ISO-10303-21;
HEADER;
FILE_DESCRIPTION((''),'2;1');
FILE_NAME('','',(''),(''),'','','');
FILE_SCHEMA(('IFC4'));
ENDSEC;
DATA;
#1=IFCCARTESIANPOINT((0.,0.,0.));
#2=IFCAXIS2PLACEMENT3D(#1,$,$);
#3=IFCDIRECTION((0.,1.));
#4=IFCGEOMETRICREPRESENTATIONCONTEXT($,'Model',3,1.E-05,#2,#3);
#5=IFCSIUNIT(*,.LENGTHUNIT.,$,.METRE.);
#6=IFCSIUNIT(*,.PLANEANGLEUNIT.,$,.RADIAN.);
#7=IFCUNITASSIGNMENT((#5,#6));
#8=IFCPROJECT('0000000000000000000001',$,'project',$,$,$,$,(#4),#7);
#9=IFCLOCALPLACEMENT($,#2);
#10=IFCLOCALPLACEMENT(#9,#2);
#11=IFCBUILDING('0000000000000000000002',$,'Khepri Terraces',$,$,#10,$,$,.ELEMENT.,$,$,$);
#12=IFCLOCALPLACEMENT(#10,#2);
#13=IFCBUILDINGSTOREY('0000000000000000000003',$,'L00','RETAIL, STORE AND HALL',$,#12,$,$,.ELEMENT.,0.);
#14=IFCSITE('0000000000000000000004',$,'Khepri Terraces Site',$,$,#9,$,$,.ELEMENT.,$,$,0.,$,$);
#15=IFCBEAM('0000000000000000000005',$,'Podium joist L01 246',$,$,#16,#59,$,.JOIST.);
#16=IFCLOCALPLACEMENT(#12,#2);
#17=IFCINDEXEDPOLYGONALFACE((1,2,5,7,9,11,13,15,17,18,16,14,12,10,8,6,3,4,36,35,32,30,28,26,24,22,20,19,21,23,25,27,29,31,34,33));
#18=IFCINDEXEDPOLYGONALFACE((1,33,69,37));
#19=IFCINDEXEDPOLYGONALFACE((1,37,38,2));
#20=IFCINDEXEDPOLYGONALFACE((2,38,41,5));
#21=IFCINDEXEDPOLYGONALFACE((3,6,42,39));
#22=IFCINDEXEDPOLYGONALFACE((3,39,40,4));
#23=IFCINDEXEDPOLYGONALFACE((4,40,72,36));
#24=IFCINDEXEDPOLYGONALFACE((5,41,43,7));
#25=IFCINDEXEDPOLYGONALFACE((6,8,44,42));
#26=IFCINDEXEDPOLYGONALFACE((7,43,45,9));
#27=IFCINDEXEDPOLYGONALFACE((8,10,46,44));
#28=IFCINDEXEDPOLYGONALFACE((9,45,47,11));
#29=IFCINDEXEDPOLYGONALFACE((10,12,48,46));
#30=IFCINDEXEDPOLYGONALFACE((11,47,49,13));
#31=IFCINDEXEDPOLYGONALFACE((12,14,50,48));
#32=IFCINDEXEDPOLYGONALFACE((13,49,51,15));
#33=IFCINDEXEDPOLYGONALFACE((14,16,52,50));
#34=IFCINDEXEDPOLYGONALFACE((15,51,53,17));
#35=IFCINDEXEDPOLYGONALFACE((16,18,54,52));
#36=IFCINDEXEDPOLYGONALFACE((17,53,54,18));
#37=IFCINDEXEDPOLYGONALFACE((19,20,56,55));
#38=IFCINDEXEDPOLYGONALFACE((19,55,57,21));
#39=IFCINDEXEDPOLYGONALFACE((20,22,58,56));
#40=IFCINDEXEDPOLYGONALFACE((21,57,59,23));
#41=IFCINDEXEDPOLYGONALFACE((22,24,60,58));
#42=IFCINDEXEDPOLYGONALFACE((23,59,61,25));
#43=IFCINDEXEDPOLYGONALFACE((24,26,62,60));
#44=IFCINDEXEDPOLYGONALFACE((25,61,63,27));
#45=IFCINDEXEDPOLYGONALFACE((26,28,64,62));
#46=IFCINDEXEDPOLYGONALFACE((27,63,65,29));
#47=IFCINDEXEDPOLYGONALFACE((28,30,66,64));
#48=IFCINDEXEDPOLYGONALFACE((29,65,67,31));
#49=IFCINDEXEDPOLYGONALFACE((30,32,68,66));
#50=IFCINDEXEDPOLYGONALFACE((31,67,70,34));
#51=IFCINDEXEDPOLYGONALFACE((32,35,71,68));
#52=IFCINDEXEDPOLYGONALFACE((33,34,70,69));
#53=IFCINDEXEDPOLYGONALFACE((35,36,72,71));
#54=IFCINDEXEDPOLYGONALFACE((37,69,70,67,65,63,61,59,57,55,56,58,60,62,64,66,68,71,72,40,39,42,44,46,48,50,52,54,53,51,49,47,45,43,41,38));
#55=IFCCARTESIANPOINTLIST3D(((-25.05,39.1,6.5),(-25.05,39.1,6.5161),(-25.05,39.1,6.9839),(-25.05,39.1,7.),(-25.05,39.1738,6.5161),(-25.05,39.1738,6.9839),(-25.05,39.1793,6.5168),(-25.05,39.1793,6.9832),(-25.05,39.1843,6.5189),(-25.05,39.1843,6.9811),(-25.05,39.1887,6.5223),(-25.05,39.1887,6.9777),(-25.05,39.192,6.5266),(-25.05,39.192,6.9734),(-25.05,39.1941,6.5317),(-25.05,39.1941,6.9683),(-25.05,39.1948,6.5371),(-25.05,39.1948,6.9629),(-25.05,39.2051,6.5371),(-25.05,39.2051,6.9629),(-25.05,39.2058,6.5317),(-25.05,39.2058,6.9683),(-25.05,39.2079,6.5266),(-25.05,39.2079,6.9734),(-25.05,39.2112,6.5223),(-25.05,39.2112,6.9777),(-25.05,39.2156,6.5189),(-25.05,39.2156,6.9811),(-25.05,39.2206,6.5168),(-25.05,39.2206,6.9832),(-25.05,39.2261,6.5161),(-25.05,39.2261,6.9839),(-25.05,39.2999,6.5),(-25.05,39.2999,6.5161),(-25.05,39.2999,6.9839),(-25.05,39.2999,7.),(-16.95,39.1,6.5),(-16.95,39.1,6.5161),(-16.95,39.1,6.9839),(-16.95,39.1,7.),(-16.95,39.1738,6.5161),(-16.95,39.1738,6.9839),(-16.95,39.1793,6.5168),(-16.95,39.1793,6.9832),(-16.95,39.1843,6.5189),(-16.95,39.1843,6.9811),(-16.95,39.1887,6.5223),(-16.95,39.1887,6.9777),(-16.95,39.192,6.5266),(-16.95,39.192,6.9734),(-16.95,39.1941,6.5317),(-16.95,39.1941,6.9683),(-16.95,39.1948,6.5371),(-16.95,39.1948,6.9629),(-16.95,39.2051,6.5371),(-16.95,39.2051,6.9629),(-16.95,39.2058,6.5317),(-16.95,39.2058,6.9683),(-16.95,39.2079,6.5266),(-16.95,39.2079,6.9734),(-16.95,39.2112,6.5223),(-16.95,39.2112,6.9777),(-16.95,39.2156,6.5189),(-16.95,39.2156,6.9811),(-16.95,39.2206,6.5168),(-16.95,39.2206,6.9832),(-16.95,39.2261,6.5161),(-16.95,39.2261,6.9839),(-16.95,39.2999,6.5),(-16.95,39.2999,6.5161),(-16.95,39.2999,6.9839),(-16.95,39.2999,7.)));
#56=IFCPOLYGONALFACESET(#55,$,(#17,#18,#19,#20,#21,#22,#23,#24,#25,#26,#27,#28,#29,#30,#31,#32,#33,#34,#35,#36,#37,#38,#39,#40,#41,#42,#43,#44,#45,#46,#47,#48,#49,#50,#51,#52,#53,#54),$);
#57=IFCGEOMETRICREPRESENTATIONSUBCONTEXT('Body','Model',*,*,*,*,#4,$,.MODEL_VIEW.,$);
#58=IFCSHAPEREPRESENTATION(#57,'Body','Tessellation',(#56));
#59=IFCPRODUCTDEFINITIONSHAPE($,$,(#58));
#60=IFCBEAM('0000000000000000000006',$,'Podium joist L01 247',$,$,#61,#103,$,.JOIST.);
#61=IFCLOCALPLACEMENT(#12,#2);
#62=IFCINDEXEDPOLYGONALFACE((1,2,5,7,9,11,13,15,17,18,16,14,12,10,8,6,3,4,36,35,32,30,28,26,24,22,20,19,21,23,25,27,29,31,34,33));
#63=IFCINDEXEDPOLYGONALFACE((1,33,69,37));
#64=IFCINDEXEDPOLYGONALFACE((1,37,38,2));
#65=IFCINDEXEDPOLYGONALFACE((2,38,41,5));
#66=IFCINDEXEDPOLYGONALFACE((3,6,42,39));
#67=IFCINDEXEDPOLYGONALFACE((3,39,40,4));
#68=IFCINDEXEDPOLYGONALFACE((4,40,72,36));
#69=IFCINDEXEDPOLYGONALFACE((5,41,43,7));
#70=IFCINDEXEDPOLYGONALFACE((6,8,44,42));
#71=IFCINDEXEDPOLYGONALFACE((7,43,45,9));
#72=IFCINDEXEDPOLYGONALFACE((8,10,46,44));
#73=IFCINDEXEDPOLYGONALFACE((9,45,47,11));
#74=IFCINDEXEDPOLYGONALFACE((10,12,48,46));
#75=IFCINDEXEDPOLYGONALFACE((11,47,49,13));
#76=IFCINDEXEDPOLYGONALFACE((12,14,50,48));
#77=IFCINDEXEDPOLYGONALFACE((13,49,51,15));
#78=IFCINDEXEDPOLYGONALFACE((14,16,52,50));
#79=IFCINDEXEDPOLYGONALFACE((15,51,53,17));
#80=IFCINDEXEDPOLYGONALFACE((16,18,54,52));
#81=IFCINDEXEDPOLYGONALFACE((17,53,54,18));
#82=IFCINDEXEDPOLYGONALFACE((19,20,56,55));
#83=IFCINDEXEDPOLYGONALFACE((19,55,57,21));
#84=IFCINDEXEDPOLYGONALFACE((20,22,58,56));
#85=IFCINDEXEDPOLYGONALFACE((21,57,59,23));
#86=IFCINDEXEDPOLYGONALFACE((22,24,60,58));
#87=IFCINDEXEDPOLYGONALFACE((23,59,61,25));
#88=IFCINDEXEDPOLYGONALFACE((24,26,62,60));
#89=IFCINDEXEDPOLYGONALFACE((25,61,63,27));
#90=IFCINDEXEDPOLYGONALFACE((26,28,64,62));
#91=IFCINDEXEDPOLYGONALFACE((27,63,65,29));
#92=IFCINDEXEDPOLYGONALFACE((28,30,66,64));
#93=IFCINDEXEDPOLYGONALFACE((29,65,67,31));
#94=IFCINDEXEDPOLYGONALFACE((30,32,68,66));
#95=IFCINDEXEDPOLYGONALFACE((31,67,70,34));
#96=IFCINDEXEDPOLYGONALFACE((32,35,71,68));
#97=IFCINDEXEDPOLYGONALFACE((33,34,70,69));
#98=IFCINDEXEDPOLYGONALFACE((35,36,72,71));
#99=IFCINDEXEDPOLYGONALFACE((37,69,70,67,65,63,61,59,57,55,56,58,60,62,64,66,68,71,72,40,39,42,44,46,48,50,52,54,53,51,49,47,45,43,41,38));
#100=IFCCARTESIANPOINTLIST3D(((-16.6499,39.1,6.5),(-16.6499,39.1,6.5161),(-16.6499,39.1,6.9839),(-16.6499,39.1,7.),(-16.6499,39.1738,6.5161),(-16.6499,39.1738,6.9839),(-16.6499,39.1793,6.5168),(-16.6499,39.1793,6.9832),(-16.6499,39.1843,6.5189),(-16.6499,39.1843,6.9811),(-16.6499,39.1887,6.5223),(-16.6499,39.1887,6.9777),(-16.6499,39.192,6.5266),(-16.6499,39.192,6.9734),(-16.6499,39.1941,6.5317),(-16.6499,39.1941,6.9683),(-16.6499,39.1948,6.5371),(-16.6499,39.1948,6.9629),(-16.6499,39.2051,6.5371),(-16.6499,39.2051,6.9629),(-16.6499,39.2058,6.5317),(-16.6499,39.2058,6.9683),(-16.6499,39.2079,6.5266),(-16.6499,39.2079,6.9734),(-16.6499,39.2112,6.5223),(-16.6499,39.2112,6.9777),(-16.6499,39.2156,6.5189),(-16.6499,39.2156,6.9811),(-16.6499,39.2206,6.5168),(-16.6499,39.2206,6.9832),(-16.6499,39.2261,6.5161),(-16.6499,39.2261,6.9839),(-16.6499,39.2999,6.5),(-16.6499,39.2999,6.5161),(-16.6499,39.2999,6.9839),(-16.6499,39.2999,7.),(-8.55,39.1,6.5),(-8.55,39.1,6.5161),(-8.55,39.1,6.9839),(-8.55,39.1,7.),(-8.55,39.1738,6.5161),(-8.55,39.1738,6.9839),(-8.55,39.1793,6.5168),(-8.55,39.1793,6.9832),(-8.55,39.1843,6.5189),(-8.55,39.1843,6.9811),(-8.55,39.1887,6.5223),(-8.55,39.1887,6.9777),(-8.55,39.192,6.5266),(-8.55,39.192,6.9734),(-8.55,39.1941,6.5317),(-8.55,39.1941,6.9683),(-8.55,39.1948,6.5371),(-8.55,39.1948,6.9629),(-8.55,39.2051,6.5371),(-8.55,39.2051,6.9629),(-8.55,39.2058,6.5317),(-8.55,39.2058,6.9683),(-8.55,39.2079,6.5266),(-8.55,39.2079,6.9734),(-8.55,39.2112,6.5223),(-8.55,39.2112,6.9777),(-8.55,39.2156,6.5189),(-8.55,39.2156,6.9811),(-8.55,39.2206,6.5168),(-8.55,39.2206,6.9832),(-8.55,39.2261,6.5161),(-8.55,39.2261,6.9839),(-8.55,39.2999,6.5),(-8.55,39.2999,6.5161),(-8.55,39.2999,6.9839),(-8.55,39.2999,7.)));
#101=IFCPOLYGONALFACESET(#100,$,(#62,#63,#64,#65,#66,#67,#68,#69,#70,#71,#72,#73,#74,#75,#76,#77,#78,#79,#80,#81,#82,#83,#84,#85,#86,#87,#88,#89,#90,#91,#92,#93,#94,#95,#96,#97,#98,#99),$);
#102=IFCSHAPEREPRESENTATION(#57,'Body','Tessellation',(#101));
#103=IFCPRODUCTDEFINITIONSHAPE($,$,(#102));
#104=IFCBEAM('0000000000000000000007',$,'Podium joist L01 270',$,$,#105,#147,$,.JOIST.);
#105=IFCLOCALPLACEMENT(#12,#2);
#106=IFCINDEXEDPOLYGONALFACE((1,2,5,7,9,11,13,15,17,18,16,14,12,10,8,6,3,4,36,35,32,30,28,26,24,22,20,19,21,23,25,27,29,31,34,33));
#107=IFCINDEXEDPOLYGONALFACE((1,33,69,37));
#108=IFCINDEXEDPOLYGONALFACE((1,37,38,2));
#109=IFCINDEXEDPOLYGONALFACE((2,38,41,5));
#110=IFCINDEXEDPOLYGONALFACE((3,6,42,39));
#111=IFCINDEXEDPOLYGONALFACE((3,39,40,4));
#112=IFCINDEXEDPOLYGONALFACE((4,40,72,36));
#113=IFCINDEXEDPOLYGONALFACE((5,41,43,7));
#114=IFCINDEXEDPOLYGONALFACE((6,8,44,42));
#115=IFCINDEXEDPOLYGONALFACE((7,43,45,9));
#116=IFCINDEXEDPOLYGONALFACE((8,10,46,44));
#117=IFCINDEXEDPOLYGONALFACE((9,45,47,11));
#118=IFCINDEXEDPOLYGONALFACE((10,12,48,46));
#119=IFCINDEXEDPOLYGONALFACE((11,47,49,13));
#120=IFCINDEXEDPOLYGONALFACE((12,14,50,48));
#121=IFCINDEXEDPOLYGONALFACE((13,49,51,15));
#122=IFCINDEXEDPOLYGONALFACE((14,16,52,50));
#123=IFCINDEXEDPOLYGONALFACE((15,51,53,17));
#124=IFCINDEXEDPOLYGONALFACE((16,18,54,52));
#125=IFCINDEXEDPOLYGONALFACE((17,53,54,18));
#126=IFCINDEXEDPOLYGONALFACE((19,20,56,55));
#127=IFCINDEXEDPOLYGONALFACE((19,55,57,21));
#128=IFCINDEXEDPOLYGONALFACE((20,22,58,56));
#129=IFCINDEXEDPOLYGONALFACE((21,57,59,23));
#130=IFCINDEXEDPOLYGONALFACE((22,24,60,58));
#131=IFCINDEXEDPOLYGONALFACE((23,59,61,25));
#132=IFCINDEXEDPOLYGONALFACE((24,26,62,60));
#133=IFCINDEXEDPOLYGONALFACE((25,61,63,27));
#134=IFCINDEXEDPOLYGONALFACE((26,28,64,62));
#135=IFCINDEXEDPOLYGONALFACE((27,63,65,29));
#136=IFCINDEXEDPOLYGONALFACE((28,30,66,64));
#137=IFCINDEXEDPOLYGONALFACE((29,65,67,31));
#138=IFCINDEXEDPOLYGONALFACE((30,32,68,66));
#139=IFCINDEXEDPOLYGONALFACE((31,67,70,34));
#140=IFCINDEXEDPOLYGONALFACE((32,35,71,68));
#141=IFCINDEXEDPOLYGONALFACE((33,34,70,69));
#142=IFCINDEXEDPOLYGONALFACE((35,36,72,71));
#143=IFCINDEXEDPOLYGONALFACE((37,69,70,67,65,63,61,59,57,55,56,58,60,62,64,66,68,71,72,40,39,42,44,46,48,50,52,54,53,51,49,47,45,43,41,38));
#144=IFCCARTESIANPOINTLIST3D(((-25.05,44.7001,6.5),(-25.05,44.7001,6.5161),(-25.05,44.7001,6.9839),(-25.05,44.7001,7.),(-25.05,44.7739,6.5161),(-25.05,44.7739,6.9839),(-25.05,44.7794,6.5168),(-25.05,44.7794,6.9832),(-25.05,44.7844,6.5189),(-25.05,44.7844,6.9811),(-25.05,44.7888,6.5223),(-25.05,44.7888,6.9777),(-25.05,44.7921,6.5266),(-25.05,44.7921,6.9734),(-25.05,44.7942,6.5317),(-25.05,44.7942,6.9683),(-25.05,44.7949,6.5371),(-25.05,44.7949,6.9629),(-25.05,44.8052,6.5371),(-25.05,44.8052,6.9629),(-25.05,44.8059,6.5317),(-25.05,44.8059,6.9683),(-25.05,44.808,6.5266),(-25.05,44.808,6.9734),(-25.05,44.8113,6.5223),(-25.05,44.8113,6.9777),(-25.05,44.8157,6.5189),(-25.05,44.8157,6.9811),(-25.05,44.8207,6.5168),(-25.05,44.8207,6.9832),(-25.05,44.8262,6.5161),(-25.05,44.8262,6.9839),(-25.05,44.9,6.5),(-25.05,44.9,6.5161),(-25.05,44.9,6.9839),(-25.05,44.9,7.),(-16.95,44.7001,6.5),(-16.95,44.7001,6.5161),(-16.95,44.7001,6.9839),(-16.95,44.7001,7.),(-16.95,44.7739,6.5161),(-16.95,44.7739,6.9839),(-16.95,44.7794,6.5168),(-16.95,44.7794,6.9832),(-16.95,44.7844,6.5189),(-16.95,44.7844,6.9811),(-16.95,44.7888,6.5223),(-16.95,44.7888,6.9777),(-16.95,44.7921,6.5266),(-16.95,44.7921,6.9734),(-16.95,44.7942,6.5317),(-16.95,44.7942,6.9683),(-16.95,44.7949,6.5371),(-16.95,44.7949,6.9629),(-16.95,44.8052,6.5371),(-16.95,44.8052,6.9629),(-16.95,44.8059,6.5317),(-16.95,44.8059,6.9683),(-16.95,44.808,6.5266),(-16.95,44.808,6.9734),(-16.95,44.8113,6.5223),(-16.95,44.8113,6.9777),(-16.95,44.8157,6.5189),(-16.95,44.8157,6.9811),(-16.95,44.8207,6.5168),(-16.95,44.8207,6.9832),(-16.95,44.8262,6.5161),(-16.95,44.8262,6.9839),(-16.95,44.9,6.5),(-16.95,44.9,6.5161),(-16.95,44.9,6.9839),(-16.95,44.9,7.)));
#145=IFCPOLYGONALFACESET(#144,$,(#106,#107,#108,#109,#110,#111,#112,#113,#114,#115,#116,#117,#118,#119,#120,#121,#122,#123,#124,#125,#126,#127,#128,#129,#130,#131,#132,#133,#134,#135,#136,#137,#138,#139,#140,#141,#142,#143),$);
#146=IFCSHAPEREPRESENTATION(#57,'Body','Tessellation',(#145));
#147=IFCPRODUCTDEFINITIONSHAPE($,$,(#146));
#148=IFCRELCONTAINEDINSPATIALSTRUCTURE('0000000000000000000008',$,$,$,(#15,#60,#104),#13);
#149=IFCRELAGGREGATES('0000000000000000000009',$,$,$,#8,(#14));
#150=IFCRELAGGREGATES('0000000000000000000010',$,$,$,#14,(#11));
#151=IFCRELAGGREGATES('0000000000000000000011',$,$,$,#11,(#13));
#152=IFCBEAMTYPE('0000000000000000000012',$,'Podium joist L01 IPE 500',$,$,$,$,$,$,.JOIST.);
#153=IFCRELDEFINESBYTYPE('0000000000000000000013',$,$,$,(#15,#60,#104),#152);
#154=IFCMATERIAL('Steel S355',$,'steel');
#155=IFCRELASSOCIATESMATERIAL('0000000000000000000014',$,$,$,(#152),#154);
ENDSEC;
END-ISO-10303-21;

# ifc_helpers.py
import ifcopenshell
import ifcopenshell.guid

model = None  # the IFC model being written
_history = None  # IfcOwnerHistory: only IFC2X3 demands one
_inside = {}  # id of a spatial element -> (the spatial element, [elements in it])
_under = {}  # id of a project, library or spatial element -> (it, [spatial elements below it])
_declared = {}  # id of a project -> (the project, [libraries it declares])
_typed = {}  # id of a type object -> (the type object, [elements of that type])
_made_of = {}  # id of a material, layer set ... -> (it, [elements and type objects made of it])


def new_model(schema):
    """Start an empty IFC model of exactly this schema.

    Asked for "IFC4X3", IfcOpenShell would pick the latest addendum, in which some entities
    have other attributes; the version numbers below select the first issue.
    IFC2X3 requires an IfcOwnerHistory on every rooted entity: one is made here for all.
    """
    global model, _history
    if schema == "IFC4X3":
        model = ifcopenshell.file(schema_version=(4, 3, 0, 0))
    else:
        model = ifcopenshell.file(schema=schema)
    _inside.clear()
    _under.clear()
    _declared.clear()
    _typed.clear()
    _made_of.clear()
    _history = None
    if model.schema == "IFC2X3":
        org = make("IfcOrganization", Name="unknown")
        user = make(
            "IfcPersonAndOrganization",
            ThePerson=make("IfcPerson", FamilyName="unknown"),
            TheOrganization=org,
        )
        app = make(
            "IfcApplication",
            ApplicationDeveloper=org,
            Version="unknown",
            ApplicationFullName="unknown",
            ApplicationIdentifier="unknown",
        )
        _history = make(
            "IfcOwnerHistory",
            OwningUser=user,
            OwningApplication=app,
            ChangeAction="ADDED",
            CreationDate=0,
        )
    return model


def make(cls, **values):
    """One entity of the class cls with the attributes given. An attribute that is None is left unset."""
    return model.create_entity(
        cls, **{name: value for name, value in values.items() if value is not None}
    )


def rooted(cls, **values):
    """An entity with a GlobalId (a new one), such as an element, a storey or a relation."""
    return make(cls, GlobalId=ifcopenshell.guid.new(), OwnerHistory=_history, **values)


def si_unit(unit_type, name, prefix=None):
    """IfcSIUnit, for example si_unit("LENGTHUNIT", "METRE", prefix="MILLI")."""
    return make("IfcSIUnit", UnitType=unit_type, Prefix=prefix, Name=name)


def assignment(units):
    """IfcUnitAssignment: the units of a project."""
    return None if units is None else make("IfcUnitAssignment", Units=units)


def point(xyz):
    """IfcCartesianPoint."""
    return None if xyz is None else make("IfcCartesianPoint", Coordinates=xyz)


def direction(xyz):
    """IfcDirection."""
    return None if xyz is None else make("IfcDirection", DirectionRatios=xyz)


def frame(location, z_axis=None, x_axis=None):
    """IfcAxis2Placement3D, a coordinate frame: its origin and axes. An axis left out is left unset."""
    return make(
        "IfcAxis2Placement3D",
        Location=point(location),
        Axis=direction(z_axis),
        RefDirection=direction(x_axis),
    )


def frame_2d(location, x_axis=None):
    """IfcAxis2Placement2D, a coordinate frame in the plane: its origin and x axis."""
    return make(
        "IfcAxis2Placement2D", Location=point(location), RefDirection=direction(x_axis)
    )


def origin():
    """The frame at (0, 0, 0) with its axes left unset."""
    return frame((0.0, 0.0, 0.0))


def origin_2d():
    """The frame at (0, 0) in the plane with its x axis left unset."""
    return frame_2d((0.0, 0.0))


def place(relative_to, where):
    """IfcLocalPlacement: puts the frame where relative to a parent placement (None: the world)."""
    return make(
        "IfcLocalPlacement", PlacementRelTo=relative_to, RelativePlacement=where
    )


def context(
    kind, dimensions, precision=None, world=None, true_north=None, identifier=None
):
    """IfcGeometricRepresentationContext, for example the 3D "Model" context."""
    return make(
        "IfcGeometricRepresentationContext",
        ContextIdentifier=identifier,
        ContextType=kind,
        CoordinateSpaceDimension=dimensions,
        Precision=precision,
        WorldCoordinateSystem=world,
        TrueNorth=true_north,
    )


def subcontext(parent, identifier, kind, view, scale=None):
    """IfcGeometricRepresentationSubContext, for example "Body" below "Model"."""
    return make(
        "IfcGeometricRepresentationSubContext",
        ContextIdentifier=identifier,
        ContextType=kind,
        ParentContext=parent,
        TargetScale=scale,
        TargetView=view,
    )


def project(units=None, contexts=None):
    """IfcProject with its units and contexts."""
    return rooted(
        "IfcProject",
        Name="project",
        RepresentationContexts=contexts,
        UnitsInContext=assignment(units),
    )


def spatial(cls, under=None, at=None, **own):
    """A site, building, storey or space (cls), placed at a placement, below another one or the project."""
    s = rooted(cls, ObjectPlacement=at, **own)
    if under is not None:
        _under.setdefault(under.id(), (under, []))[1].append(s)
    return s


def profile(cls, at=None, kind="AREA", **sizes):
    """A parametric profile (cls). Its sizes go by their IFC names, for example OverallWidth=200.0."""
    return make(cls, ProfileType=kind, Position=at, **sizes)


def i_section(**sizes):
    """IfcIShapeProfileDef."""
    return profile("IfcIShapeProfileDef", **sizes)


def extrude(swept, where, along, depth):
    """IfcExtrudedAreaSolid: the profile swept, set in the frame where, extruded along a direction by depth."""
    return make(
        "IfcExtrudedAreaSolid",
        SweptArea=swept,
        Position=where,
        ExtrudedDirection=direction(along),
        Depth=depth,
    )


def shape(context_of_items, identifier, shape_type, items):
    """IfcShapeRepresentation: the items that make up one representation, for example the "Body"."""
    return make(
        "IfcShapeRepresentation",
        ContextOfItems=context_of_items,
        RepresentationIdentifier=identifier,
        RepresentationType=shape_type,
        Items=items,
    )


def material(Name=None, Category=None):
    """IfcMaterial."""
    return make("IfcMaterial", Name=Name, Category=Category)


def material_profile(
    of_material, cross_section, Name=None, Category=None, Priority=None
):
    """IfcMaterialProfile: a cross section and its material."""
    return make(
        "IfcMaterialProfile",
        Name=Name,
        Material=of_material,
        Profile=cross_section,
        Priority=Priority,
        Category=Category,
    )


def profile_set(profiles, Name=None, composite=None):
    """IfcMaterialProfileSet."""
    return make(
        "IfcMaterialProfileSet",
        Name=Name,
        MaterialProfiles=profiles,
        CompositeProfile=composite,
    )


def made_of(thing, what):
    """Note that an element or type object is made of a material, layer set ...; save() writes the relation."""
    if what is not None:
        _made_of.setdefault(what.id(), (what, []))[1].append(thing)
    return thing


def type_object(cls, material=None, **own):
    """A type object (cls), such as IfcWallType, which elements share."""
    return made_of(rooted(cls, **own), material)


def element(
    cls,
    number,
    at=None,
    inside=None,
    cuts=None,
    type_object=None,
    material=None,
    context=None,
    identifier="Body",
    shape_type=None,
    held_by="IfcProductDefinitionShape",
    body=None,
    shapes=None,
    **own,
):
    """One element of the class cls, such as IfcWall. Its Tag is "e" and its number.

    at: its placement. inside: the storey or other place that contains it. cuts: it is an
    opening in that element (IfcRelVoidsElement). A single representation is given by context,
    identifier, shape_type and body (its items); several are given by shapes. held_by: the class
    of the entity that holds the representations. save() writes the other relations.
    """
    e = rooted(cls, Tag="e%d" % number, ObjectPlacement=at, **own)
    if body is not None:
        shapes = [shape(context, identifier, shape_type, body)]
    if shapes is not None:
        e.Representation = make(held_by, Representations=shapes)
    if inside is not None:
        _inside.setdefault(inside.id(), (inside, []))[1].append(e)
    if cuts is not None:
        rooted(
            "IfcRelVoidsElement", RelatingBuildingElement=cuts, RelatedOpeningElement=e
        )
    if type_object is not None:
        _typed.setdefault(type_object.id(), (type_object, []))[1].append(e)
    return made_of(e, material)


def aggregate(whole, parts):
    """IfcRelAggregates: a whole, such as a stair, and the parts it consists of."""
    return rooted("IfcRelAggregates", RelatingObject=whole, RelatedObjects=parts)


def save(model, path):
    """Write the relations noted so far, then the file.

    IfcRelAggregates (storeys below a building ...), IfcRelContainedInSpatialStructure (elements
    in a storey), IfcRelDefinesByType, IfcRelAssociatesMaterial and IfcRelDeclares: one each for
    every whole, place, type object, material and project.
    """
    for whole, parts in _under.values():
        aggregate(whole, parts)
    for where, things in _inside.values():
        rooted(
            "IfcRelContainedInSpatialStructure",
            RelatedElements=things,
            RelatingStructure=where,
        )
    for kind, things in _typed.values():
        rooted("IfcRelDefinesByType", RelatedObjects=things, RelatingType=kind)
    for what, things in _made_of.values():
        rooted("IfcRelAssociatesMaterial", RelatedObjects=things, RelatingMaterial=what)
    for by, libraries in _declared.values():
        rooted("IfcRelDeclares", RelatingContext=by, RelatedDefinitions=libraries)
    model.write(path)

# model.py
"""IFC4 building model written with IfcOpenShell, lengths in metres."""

from ifc_helpers import new_model, si_unit, direction, frame, origin, origin_2d, place, context, subcontext, project, spatial, i_section, extrude, material, material_profile, profile_set, type_object, element, save


model = new_model("IFC4")

# Units and contexts
model_context = context("Model", 3, precision=1e-05, world=origin(), true_north=direction((0.0, 1.0)))
body_context = subcontext(model_context, "Body", "Model", "MODEL_VIEW")
ifc_project = project(units=[si_unit("LENGTHUNIT", "METRE"), si_unit("PLANEANGLEUNIT", "RADIAN")], contexts=[model_context])

# Site, building, storey
site_placement = place(None, origin())
site = spatial("IfcSite", under=ifc_project, at=site_placement, Name="Khepri Terraces Site", CompositionType="ELEMENT", RefElevation=0.0)
building_placement = place(site_placement, origin())
building = spatial("IfcBuilding", under=site, at=building_placement, Name="Khepri Terraces", CompositionType="ELEMENT")
storey_placement = place(building_placement, origin())
storey = spatial("IfcBuildingStorey", under=building, at=storey_placement, Name="L00", Description="RETAIL, STORE AND HALL", CompositionType="ELEMENT", Elevation=0.0)

# Beams
ifc_material_1 = material(Name="Steel S355", Category="steel")
ifc_material_profile_1 = material_profile(ifc_material_1, i_section(OverallWidth=0.2, OverallDepth=0.5, WebThickness=0.0103, FlangeThickness=0.0161, FilletRadius=0.021, at=origin_2d()), Name="Steel S355", Category="steel")
ifc_profile_set_1 = profile_set([ifc_material_profile_1], Name="Steel S355")
beam_type_1 = type_object("IfcBeamType", Name="Podium joist L01 IPE 500", PredefinedType="JOIST", material=ifc_profile_set_1)
beam_1_placement = place(storey_placement, frame((-25.05, 39.2, 6.75), z_axis=(1.0, 0.0, 0.0), x_axis=(0.0, 1.0, 0.0)))
element("IfcBeam", 1, at=beam_1_placement, inside=storey, type_object=beam_type_1, Name="Podium joist L01 246", PredefinedType="JOIST", context=body_context, shape_type="SweptSolid", body=[
    extrude(i_section(OverallWidth=0.2, OverallDepth=0.5, WebThickness=0.0103, FlangeThickness=0.0161, FilletRadius=0.021, at=origin_2d()), origin(), (0.0, 0.0, 1.0), 8.1001),
])
beam_2_placement = place(storey_placement, frame((-16.6499, 39.2, 6.75), z_axis=(1.0, 0.0, 0.0), x_axis=(0.0, 1.0, 0.0)))
element("IfcBeam", 2, at=beam_2_placement, inside=storey, type_object=beam_type_1, Name="Podium joist L01 247", PredefinedType="JOIST", context=body_context, shape_type="SweptSolid", body=[
    extrude(i_section(OverallWidth=0.2, OverallDepth=0.5, WebThickness=0.0103, FlangeThickness=0.0161, FilletRadius=0.021, at=origin_2d()), origin(), (0.0, 0.0, 1.0), 8.0999),
])
beam_3_placement = place(storey_placement, frame((-25.05, 44.8, 6.75), z_axis=(1.0, 0.0, 0.0), x_axis=(0.0, 1.0, 0.0)))
element("IfcBeam", 3, at=beam_3_placement, inside=storey, type_object=beam_type_1, Name="Podium joist L01 270", PredefinedType="JOIST", context=body_context, shape_type="SweptSolid", body=[
    extrude(i_section(OverallWidth=0.2, OverallDepth=0.5, WebThickness=0.0103, FlangeThickness=0.0161, FilletRadius=0.021, at=origin_2d()), origin(), (0.0, 0.0, 1.0), 8.1001),
])

save(model, "model.ifc")
